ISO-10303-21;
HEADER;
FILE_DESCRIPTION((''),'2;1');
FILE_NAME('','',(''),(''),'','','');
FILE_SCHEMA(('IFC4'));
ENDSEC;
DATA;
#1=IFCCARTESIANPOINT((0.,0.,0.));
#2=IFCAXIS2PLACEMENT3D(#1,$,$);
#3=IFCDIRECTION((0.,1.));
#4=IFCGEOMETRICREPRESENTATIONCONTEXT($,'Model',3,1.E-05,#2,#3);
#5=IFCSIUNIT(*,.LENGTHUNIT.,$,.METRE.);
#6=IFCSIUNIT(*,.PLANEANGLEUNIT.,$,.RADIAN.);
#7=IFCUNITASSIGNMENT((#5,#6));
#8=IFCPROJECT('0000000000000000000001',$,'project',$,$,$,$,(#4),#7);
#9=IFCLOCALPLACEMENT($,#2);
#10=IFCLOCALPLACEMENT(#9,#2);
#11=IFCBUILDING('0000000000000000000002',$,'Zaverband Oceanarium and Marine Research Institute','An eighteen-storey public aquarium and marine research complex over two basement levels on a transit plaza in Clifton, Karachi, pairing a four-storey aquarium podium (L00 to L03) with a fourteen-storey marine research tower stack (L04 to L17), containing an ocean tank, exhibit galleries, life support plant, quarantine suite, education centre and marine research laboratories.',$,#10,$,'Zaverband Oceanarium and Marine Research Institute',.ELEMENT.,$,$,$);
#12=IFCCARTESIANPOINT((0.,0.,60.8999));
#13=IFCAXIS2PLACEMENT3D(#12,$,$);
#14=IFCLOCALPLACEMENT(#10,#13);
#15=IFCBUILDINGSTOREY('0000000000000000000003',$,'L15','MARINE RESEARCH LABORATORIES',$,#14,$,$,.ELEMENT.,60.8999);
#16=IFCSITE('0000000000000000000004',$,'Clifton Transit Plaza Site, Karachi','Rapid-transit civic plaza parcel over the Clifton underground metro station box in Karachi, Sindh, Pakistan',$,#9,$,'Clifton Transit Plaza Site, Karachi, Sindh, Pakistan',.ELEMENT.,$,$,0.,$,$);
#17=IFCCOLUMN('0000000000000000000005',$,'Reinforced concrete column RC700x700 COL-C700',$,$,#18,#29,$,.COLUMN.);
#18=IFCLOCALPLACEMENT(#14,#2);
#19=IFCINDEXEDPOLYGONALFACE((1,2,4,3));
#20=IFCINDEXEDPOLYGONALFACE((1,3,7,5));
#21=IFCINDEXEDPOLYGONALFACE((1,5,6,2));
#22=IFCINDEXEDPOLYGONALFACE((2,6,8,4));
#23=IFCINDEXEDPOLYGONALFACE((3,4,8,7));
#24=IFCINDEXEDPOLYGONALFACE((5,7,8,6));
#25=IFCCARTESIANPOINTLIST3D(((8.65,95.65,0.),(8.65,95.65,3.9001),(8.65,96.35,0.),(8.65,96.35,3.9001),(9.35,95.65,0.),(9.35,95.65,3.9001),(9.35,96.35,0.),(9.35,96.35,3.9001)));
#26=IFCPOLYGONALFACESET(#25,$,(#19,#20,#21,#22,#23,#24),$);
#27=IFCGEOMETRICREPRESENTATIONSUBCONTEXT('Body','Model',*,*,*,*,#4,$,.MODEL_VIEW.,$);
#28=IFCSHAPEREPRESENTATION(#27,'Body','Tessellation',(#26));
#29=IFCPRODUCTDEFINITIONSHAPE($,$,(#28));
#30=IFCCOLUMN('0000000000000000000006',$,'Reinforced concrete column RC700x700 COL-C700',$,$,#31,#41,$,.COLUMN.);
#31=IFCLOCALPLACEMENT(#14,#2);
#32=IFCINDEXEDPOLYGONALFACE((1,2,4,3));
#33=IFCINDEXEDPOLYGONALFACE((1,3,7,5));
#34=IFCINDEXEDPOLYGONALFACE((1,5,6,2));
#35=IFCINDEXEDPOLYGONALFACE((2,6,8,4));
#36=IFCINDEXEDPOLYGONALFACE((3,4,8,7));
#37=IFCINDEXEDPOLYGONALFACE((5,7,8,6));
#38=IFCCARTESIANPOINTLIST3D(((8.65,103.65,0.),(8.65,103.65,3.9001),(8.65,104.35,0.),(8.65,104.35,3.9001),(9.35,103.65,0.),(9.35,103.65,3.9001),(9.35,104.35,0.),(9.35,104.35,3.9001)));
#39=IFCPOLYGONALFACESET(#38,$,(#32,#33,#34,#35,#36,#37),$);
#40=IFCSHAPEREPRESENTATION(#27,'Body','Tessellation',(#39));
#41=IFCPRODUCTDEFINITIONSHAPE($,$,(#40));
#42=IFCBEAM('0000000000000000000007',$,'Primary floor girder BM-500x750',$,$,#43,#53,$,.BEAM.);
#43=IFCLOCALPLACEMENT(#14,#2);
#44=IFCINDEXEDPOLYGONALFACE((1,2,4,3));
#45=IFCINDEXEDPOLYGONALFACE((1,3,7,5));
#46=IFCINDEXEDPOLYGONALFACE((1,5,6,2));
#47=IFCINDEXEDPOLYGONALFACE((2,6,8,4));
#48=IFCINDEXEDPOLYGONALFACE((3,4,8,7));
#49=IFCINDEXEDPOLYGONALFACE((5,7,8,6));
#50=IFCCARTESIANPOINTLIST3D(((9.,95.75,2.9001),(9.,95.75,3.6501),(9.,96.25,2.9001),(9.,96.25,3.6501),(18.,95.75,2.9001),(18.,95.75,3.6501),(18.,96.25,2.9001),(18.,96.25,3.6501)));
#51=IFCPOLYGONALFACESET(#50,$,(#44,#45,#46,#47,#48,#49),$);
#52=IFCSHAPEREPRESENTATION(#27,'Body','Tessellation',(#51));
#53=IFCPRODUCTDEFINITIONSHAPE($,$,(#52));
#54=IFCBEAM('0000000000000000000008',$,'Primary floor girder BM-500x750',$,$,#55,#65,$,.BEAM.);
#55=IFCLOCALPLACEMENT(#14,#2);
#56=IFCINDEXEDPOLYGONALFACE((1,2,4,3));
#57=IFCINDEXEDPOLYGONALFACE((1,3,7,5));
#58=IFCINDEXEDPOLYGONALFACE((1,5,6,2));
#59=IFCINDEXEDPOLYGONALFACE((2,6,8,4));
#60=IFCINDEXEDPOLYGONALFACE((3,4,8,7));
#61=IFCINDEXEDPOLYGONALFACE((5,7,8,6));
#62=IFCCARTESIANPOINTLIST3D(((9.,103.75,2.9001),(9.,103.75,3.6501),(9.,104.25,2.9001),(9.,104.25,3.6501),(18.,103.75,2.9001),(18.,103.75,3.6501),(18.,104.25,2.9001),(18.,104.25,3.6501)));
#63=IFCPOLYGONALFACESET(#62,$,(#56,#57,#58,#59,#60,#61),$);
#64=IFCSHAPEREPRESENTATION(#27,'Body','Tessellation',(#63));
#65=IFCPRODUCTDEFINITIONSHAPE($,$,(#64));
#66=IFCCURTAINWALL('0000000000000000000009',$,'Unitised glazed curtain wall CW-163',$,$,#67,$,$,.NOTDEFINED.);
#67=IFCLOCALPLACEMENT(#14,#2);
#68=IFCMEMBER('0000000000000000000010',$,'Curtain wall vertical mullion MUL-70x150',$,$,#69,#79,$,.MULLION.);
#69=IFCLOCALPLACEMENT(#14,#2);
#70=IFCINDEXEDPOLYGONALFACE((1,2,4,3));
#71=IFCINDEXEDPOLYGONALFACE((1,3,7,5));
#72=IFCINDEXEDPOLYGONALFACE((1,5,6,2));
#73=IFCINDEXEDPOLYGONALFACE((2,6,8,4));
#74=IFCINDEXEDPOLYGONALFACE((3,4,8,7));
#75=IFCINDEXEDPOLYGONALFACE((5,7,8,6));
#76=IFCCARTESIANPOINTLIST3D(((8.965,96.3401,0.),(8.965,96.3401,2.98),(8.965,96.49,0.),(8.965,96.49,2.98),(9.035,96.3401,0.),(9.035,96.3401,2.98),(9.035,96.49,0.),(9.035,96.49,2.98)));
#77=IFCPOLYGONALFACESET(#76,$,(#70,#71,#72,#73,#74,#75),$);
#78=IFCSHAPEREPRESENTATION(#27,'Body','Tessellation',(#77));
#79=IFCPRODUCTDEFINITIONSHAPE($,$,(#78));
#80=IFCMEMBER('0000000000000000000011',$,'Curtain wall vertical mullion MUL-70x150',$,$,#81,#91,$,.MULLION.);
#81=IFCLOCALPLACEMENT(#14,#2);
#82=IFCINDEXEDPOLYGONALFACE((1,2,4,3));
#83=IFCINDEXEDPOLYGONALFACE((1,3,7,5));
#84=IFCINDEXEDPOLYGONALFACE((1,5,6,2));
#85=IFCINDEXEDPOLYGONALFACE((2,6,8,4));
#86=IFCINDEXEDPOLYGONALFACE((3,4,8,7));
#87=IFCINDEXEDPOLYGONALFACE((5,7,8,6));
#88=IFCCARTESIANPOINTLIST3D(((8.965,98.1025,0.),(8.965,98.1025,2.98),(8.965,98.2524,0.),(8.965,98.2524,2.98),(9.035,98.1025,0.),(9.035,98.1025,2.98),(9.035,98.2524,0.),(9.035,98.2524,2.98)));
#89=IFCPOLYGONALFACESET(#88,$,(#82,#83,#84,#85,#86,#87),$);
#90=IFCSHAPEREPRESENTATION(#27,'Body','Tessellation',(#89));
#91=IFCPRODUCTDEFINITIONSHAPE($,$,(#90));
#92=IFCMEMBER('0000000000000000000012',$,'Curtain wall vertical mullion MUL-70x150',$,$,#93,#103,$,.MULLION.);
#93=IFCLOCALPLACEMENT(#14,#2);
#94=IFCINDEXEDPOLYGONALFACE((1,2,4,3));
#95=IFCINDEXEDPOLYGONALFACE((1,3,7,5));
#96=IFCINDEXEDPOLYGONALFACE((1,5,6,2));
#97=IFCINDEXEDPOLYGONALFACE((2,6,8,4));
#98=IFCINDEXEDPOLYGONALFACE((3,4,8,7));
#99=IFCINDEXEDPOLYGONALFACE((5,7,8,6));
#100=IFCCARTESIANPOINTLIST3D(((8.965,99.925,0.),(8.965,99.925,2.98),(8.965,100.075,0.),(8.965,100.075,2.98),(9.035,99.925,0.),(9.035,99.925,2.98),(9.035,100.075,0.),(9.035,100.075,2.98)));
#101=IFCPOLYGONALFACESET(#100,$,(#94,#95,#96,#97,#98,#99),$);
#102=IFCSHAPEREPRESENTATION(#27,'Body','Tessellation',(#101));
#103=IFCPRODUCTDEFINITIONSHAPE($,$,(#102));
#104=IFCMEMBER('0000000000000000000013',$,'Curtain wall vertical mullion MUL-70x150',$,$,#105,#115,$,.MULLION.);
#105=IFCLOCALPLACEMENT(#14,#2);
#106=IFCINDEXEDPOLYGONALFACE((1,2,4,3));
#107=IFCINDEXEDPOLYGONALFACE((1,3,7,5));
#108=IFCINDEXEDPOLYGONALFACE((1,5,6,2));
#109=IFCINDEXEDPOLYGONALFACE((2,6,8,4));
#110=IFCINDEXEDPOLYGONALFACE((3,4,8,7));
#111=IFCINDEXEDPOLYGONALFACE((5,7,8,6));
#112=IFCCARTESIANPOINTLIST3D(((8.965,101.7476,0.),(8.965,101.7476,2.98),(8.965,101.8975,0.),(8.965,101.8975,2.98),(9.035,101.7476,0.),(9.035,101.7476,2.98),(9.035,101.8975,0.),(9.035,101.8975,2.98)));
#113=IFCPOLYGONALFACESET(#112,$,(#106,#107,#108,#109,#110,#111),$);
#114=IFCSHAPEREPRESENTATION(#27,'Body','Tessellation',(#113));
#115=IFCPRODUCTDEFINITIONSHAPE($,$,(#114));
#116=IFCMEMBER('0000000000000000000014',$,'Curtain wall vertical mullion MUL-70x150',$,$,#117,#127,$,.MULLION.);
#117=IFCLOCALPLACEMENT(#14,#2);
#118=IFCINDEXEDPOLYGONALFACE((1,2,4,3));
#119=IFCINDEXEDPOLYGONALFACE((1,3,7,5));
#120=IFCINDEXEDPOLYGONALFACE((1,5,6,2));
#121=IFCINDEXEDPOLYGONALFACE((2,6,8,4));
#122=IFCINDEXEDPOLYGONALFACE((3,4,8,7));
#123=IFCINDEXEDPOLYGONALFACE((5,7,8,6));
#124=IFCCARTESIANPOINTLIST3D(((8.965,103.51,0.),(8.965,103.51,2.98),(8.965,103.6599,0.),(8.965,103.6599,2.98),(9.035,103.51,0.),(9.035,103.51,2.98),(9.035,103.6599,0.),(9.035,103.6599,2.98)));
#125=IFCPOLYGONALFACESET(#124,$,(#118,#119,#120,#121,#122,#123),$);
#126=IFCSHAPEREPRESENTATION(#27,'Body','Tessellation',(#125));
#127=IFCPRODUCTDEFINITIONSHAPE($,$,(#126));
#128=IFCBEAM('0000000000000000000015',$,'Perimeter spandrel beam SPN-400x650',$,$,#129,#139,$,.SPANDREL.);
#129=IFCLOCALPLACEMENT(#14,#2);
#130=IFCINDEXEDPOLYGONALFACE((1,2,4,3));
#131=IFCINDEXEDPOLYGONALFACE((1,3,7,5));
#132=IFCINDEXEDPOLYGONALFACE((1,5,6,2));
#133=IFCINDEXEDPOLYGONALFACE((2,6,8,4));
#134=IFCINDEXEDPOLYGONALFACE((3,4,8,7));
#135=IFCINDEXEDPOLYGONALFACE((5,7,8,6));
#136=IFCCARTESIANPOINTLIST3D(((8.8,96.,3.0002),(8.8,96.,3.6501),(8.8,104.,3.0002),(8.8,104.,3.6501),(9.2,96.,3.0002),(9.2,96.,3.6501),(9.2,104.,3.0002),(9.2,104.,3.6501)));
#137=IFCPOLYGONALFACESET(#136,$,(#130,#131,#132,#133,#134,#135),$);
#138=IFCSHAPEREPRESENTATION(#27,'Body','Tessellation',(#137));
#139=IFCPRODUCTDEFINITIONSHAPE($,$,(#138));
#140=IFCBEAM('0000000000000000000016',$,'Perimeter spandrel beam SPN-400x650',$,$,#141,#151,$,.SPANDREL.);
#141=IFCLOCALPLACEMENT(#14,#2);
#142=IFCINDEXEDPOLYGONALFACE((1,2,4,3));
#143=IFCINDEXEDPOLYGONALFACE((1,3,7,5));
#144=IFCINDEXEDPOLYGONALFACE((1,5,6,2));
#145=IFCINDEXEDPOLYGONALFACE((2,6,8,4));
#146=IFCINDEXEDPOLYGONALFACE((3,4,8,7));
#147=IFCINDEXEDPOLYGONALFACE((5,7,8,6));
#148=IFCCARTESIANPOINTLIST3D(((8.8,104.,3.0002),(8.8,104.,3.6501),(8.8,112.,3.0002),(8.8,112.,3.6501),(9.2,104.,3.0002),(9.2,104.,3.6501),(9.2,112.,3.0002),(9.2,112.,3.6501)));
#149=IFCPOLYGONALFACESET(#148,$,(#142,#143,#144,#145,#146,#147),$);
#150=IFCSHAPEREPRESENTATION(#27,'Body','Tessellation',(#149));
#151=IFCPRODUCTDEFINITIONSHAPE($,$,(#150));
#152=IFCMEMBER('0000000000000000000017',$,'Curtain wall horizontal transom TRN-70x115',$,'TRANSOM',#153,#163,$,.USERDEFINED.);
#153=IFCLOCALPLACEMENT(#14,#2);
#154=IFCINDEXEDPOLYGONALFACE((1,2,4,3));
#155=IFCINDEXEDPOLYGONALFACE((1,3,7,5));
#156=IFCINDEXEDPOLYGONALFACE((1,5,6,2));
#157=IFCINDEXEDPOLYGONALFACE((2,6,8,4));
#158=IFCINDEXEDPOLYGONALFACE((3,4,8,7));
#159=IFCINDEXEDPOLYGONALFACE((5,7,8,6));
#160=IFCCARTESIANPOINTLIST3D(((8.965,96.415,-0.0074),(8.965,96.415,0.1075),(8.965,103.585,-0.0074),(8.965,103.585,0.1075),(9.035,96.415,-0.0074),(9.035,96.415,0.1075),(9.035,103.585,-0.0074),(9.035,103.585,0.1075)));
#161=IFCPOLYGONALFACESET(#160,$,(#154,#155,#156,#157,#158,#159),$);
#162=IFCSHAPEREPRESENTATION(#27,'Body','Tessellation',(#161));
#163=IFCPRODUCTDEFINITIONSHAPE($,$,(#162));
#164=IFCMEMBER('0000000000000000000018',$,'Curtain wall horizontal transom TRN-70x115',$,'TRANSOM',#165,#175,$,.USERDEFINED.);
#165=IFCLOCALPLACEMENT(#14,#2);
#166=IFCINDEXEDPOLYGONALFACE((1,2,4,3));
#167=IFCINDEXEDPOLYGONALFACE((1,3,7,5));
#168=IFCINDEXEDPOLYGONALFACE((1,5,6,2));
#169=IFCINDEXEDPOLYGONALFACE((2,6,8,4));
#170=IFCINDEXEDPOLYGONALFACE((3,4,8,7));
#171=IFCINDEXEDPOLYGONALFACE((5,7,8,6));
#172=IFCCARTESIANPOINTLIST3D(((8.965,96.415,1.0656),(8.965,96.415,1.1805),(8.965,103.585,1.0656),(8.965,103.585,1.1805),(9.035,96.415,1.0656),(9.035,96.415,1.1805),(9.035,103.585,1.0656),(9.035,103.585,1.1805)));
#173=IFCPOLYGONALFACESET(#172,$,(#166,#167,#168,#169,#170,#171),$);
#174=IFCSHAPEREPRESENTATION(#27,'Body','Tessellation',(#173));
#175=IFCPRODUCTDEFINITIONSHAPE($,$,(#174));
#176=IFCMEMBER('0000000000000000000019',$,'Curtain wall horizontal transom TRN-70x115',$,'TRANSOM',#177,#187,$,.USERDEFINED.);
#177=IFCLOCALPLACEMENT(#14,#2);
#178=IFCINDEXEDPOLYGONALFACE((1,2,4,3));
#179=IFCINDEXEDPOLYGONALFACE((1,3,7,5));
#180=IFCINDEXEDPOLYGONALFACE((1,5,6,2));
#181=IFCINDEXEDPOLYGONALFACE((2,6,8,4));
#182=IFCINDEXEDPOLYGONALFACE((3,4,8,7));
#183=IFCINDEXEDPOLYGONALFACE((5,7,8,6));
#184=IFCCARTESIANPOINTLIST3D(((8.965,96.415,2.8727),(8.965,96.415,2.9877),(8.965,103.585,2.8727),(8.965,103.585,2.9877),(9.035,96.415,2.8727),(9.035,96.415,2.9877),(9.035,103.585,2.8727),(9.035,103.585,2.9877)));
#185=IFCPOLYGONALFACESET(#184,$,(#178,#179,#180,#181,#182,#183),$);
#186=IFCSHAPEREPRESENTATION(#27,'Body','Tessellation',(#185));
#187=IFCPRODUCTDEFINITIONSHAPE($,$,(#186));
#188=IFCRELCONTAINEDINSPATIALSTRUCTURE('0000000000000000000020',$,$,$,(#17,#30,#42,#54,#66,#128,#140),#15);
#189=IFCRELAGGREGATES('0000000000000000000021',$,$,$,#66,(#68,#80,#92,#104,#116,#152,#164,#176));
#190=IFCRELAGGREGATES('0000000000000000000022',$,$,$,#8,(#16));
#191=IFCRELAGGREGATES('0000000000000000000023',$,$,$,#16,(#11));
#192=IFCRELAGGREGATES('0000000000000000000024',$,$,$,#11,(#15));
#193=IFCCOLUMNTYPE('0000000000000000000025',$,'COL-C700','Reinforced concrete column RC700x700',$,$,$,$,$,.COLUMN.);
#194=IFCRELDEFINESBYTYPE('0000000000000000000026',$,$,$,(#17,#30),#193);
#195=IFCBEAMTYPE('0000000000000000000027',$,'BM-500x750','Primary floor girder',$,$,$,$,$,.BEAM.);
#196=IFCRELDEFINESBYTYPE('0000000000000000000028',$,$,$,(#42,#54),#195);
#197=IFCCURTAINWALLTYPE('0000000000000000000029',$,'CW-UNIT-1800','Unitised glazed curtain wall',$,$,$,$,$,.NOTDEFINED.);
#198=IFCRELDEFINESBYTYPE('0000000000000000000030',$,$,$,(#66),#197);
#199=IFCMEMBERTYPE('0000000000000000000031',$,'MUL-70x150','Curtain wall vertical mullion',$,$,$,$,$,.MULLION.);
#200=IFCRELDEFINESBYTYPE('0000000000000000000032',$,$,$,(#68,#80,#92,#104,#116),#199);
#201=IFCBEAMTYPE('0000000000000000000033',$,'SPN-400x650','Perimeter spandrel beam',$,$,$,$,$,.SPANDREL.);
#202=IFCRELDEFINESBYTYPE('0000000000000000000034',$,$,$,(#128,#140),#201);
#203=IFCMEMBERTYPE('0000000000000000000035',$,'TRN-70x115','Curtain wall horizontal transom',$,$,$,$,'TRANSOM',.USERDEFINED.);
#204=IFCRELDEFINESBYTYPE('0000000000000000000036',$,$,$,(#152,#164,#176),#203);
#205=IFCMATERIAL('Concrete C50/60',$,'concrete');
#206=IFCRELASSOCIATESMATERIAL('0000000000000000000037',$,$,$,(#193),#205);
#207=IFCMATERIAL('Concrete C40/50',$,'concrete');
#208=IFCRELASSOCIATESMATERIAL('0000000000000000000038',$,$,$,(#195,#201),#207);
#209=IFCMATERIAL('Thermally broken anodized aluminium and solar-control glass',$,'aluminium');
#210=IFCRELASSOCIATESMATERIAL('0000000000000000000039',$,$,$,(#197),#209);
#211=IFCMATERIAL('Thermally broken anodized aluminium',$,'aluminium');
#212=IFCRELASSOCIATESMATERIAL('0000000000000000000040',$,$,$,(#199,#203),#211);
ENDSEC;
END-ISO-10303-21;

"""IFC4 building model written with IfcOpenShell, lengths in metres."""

from ifc_helpers import new_model, si_unit, direction, frame, origin, origin_2d, place, context, subcontext, project, spatial, rectangle, extrude, material, material_profile, profile_set, type_object, element, aggregate, save


model = new_model("IFC4")

# Units and contexts
model_context = context("Model", 3, precision=1e-05, world=origin(), true_north=direction((0.0, 1.0)))
body_context = subcontext(model_context, "Body", "Model", "MODEL_VIEW")
ifc_project = project(units=[si_unit("LENGTHUNIT", "METRE"), si_unit("PLANEANGLEUNIT", "RADIAN")], contexts=[model_context])

# Site, building, storey
site_placement = place(None, origin())
site = spatial("IfcSite", under=ifc_project, at=site_placement, Name="Clifton Transit Plaza Site, Karachi", Description="Rapid-transit civic plaza parcel over the Clifton underground metro station box in Karachi, Sindh, Pakistan", LongName="Clifton Transit Plaza Site, Karachi, Sindh, Pakistan", CompositionType="ELEMENT", RefElevation=0.0)
building_placement = place(site_placement, origin())
building = spatial("IfcBuilding", under=site, at=building_placement, Name="Zaverband Oceanarium and Marine Research Institute", Description="An eighteen-storey public aquarium and marine research complex over two basement levels on a transit plaza in Clifton, Karachi, pairing a four-storey aquarium podium (L00 to L03) with a fourteen-storey marine research tower stack (L04 to L17), containing an ocean tank, exhibit galleries, life support plant, quarantine suite, education centre and marine research laboratories.", LongName="Zaverband Oceanarium and Marine Research Institute", CompositionType="ELEMENT")
storey_placement = place(building_placement, frame((0.0, 0.0, 60.8999)))
storey = spatial("IfcBuildingStorey", under=building, at=storey_placement, Name="L15", Description="MARINE RESEARCH LABORATORIES", CompositionType="ELEMENT", Elevation=60.8999)

# Columns
ifc_material_1 = material(Name="Concrete C50/60", Category="concrete")
ifc_material_profile_1 = material_profile(ifc_material_1, rectangle(XDim=0.7, YDim=0.7, at=origin_2d()), Name="RC700x700")
ifc_profile_set_1 = profile_set([ifc_material_profile_1], Name="Concrete C50/60")
column_type = type_object("IfcColumnType", Name="COL-C700", Description="Reinforced concrete column RC700x700", PredefinedType="COLUMN", material=ifc_profile_set_1)
for number, where, z_axis, x_axis, name in (
    (1, (9.0, 96.0, 0.0), (0.0, 0.0, 1.0), (1.0, 0.0, 0.0), "Reinforced concrete column RC700x700 COL-C700"),
    (2, (9.0, 104.0, 0.0), (0.0, 0.0, 1.0), (1.0, 0.0, 0.0), "Reinforced concrete column RC700x700 COL-C700"),
):
    element("IfcColumn", number, at=place(storey_placement, frame(where, z_axis=z_axis, x_axis=x_axis)), inside=storey, type_object=column_type, Name=name, PredefinedType="COLUMN", context=body_context, shape_type="SweptSolid", body=[
        extrude(rectangle(XDim=0.7, YDim=0.7, at=origin_2d()), origin(), (0.0, 0.0, 1.0), 3.9001),
    ])

# Beams
ifc_material_2 = material(Name="Concrete C40/50", Category="concrete")
ifc_material_profile_2 = material_profile(ifc_material_2, rectangle(XDim=0.5, YDim=0.75, at=origin_2d()), Name="RC500x750")
ifc_profile_set_2 = profile_set([ifc_material_profile_2], Name="Concrete C40/50")
beam_type_1 = type_object("IfcBeamType", Name="BM-500x750", Description="Primary floor girder", PredefinedType="BEAM", material=ifc_profile_set_2)
for number, where, z_axis, x_axis, name in (
    (3, (9.0, 96.0, 3.2751), (1.0, 0.0, 0.0), (0.0, 1.0, 0.0), "Primary floor girder BM-500x750"),
    (4, (9.0, 104.0, 3.2751), (1.0, 0.0, 0.0), (0.0, 1.0, 0.0), "Primary floor girder BM-500x750"),
):
    element("IfcBeam", number, at=place(storey_placement, frame(where, z_axis=z_axis, x_axis=x_axis)), inside=storey, type_object=beam_type_1, Name=name, PredefinedType="BEAM", context=body_context, shape_type="SweptSolid", body=[
        extrude(rectangle(XDim=0.5, YDim=0.75, at=origin_2d()), origin(), (0.0, 0.0, 1.0), 9.0),
    ])

# Curtain wall, members
ifc_material_3 = material(Name="Thermally broken anodized aluminium and solar-control glass", Category="aluminium")
curtain_wall_type = type_object("IfcCurtainWallType", Name="CW-UNIT-1800", Description="Unitised glazed curtain wall", PredefinedType="NOTDEFINED", material=ifc_material_3)
curtain_wall_placement = place(storey_placement, origin())
curtain_wall = element("IfcCurtainWall", 5, at=curtain_wall_placement, inside=storey, type_object=curtain_wall_type, Name="Unitised glazed curtain wall CW-163", PredefinedType="NOTDEFINED")
ifc_material_4 = material(Name="Thermally broken anodized aluminium", Category="aluminium")
ifc_material_profile_3 = material_profile(ifc_material_4, rectangle(XDim=0.0701, YDim=0.1499, at=origin_2d()), Name="AL-MUL-70x150")
ifc_profile_set_3 = profile_set([ifc_material_profile_3], Name="Thermally broken anodized aluminium")
member_type_1 = type_object("IfcMemberType", Name="MUL-70x150", Description="Curtain wall vertical mullion", PredefinedType="MULLION", material=ifc_profile_set_3)
member_1_placement = place(storey_placement, frame((9.0, 96.415, 0.0), z_axis=(0.0, 0.0, 1.0), x_axis=(1.0, 0.0, 0.0)))
member_1 = element("IfcMember", 6, at=member_1_placement, type_object=member_type_1, Name="Curtain wall vertical mullion MUL-70x150", PredefinedType="MULLION", context=body_context, shape_type="SweptSolid", body=[
    extrude(rectangle(XDim=0.0701, YDim=0.1499, at=origin_2d()), origin(), (0.0, 0.0, 1.0), 2.98),
])
member_2_placement = place(storey_placement, frame((9.0, 98.1775, 0.0), z_axis=(0.0, 0.0, 1.0), x_axis=(1.0, 0.0, 0.0)))
member_2 = element("IfcMember", 7, at=member_2_placement, type_object=member_type_1, Name="Curtain wall vertical mullion MUL-70x150", PredefinedType="MULLION", context=body_context, shape_type="SweptSolid", body=[
    extrude(rectangle(XDim=0.0701, YDim=0.1499, at=origin_2d()), origin(), (0.0, 0.0, 1.0), 2.98),
])
member_3_placement = place(storey_placement, frame((9.0, 100.0, 0.0), z_axis=(0.0, 0.0, 1.0), x_axis=(1.0, 0.0, 0.0)))
member_3 = element("IfcMember", 8, at=member_3_placement, type_object=member_type_1, Name="Curtain wall vertical mullion MUL-70x150", PredefinedType="MULLION", context=body_context, shape_type="SweptSolid", body=[
    extrude(rectangle(XDim=0.0701, YDim=0.1499, at=origin_2d()), origin(), (0.0, 0.0, 1.0), 2.98),
])
member_4_placement = place(storey_placement, frame((9.0, 101.8225, 0.0), z_axis=(0.0, 0.0, 1.0), x_axis=(1.0, 0.0, 0.0)))
member_4 = element("IfcMember", 9, at=member_4_placement, type_object=member_type_1, Name="Curtain wall vertical mullion MUL-70x150", PredefinedType="MULLION", context=body_context, shape_type="SweptSolid", body=[
    extrude(rectangle(XDim=0.0701, YDim=0.1499, at=origin_2d()), origin(), (0.0, 0.0, 1.0), 2.98),
])
member_5_placement = place(storey_placement, frame((9.0, 103.585, 0.0), z_axis=(0.0, 0.0, 1.0), x_axis=(1.0, 0.0, 0.0)))
member_5 = element("IfcMember", 10, at=member_5_placement, type_object=member_type_1, Name="Curtain wall vertical mullion MUL-70x150", PredefinedType="MULLION", context=body_context, shape_type="SweptSolid", body=[
    extrude(rectangle(XDim=0.0701, YDim=0.1499, at=origin_2d()), origin(), (0.0, 0.0, 1.0), 2.98),
])

# Beams
ifc_material_profile_4 = material_profile(ifc_material_2, rectangle(XDim=0.3999, YDim=0.6499, at=origin_2d()), Name="RC400x650")
ifc_profile_set_4 = profile_set([ifc_material_profile_4], Name="Concrete C40/50")
beam_type_2 = type_object("IfcBeamType", Name="SPN-400x650", Description="Perimeter spandrel beam", PredefinedType="SPANDREL", material=ifc_profile_set_4)
for number, where, z_axis, x_axis, name in (
    (11, (9.0, 96.0, 3.3252), (0.0, 1.0, 0.0), (-1.0, 0.0, 0.0), "Perimeter spandrel beam SPN-400x650"),
    (12, (9.0, 104.0, 3.3252), (0.0, 1.0, 0.0), (-1.0, 0.0, 0.0), "Perimeter spandrel beam SPN-400x650"),
):
    element("IfcBeam", number, at=place(storey_placement, frame(where, z_axis=z_axis, x_axis=x_axis)), inside=storey, type_object=beam_type_2, Name=name, PredefinedType="SPANDREL", context=body_context, shape_type="SweptSolid", body=[
        extrude(rectangle(XDim=0.3999, YDim=0.6499, at=origin_2d()), origin(), (0.0, 0.0, 1.0), 8.0),
    ])

# Members
ifc_material_profile_5 = material_profile(ifc_material_4, rectangle(XDim=0.0701, YDim=0.115, at=origin_2d()), Name="AL-TRN-70x115")
ifc_profile_set_5 = profile_set([ifc_material_profile_5], Name="Thermally broken anodized aluminium")
member_type_2 = type_object("IfcMemberType", Name="TRN-70x115", Description="Curtain wall horizontal transom", ElementType="TRANSOM", PredefinedType="USERDEFINED", material=ifc_profile_set_5)
member_6_placement = place(storey_placement, frame((9.0, 96.415, 0.05), z_axis=(0.0, 1.0, 0.0), x_axis=(-1.0, 0.0, 0.0)))
member_6 = element("IfcMember", 13, at=member_6_placement, type_object=member_type_2, Name="Curtain wall horizontal transom TRN-70x115", ObjectType="TRANSOM", PredefinedType="USERDEFINED", context=body_context, shape_type="SweptSolid", body=[
    extrude(rectangle(XDim=0.0701, YDim=0.115, at=origin_2d()), origin(), (0.0, 0.0, 1.0), 7.1699),
])
member_7_placement = place(storey_placement, frame((9.0, 96.415, 1.123), z_axis=(0.0, 1.0, 0.0), x_axis=(-1.0, 0.0, 0.0)))
member_7 = element("IfcMember", 14, at=member_7_placement, type_object=member_type_2, Name="Curtain wall horizontal transom TRN-70x115", ObjectType="TRANSOM", PredefinedType="USERDEFINED", context=body_context, shape_type="SweptSolid", body=[
    extrude(rectangle(XDim=0.0701, YDim=0.115, at=origin_2d()), origin(), (0.0, 0.0, 1.0), 7.1699),
])
member_8_placement = place(storey_placement, frame((9.0, 96.415, 2.9302), z_axis=(0.0, 1.0, 0.0), x_axis=(-1.0, 0.0, 0.0)))
member_8 = element("IfcMember", 15, at=member_8_placement, type_object=member_type_2, Name="Curtain wall horizontal transom TRN-70x115", ObjectType="TRANSOM", PredefinedType="USERDEFINED", context=body_context, shape_type="SweptSolid", body=[
    extrude(rectangle(XDim=0.0701, YDim=0.115, at=origin_2d()), origin(), (0.0, 0.0, 1.0), 7.1699),
])

aggregate(curtain_wall, [member_1, member_2, member_3, member_4, member_5, member_6, member_7, member_8])

save(model, "model.ifc")
